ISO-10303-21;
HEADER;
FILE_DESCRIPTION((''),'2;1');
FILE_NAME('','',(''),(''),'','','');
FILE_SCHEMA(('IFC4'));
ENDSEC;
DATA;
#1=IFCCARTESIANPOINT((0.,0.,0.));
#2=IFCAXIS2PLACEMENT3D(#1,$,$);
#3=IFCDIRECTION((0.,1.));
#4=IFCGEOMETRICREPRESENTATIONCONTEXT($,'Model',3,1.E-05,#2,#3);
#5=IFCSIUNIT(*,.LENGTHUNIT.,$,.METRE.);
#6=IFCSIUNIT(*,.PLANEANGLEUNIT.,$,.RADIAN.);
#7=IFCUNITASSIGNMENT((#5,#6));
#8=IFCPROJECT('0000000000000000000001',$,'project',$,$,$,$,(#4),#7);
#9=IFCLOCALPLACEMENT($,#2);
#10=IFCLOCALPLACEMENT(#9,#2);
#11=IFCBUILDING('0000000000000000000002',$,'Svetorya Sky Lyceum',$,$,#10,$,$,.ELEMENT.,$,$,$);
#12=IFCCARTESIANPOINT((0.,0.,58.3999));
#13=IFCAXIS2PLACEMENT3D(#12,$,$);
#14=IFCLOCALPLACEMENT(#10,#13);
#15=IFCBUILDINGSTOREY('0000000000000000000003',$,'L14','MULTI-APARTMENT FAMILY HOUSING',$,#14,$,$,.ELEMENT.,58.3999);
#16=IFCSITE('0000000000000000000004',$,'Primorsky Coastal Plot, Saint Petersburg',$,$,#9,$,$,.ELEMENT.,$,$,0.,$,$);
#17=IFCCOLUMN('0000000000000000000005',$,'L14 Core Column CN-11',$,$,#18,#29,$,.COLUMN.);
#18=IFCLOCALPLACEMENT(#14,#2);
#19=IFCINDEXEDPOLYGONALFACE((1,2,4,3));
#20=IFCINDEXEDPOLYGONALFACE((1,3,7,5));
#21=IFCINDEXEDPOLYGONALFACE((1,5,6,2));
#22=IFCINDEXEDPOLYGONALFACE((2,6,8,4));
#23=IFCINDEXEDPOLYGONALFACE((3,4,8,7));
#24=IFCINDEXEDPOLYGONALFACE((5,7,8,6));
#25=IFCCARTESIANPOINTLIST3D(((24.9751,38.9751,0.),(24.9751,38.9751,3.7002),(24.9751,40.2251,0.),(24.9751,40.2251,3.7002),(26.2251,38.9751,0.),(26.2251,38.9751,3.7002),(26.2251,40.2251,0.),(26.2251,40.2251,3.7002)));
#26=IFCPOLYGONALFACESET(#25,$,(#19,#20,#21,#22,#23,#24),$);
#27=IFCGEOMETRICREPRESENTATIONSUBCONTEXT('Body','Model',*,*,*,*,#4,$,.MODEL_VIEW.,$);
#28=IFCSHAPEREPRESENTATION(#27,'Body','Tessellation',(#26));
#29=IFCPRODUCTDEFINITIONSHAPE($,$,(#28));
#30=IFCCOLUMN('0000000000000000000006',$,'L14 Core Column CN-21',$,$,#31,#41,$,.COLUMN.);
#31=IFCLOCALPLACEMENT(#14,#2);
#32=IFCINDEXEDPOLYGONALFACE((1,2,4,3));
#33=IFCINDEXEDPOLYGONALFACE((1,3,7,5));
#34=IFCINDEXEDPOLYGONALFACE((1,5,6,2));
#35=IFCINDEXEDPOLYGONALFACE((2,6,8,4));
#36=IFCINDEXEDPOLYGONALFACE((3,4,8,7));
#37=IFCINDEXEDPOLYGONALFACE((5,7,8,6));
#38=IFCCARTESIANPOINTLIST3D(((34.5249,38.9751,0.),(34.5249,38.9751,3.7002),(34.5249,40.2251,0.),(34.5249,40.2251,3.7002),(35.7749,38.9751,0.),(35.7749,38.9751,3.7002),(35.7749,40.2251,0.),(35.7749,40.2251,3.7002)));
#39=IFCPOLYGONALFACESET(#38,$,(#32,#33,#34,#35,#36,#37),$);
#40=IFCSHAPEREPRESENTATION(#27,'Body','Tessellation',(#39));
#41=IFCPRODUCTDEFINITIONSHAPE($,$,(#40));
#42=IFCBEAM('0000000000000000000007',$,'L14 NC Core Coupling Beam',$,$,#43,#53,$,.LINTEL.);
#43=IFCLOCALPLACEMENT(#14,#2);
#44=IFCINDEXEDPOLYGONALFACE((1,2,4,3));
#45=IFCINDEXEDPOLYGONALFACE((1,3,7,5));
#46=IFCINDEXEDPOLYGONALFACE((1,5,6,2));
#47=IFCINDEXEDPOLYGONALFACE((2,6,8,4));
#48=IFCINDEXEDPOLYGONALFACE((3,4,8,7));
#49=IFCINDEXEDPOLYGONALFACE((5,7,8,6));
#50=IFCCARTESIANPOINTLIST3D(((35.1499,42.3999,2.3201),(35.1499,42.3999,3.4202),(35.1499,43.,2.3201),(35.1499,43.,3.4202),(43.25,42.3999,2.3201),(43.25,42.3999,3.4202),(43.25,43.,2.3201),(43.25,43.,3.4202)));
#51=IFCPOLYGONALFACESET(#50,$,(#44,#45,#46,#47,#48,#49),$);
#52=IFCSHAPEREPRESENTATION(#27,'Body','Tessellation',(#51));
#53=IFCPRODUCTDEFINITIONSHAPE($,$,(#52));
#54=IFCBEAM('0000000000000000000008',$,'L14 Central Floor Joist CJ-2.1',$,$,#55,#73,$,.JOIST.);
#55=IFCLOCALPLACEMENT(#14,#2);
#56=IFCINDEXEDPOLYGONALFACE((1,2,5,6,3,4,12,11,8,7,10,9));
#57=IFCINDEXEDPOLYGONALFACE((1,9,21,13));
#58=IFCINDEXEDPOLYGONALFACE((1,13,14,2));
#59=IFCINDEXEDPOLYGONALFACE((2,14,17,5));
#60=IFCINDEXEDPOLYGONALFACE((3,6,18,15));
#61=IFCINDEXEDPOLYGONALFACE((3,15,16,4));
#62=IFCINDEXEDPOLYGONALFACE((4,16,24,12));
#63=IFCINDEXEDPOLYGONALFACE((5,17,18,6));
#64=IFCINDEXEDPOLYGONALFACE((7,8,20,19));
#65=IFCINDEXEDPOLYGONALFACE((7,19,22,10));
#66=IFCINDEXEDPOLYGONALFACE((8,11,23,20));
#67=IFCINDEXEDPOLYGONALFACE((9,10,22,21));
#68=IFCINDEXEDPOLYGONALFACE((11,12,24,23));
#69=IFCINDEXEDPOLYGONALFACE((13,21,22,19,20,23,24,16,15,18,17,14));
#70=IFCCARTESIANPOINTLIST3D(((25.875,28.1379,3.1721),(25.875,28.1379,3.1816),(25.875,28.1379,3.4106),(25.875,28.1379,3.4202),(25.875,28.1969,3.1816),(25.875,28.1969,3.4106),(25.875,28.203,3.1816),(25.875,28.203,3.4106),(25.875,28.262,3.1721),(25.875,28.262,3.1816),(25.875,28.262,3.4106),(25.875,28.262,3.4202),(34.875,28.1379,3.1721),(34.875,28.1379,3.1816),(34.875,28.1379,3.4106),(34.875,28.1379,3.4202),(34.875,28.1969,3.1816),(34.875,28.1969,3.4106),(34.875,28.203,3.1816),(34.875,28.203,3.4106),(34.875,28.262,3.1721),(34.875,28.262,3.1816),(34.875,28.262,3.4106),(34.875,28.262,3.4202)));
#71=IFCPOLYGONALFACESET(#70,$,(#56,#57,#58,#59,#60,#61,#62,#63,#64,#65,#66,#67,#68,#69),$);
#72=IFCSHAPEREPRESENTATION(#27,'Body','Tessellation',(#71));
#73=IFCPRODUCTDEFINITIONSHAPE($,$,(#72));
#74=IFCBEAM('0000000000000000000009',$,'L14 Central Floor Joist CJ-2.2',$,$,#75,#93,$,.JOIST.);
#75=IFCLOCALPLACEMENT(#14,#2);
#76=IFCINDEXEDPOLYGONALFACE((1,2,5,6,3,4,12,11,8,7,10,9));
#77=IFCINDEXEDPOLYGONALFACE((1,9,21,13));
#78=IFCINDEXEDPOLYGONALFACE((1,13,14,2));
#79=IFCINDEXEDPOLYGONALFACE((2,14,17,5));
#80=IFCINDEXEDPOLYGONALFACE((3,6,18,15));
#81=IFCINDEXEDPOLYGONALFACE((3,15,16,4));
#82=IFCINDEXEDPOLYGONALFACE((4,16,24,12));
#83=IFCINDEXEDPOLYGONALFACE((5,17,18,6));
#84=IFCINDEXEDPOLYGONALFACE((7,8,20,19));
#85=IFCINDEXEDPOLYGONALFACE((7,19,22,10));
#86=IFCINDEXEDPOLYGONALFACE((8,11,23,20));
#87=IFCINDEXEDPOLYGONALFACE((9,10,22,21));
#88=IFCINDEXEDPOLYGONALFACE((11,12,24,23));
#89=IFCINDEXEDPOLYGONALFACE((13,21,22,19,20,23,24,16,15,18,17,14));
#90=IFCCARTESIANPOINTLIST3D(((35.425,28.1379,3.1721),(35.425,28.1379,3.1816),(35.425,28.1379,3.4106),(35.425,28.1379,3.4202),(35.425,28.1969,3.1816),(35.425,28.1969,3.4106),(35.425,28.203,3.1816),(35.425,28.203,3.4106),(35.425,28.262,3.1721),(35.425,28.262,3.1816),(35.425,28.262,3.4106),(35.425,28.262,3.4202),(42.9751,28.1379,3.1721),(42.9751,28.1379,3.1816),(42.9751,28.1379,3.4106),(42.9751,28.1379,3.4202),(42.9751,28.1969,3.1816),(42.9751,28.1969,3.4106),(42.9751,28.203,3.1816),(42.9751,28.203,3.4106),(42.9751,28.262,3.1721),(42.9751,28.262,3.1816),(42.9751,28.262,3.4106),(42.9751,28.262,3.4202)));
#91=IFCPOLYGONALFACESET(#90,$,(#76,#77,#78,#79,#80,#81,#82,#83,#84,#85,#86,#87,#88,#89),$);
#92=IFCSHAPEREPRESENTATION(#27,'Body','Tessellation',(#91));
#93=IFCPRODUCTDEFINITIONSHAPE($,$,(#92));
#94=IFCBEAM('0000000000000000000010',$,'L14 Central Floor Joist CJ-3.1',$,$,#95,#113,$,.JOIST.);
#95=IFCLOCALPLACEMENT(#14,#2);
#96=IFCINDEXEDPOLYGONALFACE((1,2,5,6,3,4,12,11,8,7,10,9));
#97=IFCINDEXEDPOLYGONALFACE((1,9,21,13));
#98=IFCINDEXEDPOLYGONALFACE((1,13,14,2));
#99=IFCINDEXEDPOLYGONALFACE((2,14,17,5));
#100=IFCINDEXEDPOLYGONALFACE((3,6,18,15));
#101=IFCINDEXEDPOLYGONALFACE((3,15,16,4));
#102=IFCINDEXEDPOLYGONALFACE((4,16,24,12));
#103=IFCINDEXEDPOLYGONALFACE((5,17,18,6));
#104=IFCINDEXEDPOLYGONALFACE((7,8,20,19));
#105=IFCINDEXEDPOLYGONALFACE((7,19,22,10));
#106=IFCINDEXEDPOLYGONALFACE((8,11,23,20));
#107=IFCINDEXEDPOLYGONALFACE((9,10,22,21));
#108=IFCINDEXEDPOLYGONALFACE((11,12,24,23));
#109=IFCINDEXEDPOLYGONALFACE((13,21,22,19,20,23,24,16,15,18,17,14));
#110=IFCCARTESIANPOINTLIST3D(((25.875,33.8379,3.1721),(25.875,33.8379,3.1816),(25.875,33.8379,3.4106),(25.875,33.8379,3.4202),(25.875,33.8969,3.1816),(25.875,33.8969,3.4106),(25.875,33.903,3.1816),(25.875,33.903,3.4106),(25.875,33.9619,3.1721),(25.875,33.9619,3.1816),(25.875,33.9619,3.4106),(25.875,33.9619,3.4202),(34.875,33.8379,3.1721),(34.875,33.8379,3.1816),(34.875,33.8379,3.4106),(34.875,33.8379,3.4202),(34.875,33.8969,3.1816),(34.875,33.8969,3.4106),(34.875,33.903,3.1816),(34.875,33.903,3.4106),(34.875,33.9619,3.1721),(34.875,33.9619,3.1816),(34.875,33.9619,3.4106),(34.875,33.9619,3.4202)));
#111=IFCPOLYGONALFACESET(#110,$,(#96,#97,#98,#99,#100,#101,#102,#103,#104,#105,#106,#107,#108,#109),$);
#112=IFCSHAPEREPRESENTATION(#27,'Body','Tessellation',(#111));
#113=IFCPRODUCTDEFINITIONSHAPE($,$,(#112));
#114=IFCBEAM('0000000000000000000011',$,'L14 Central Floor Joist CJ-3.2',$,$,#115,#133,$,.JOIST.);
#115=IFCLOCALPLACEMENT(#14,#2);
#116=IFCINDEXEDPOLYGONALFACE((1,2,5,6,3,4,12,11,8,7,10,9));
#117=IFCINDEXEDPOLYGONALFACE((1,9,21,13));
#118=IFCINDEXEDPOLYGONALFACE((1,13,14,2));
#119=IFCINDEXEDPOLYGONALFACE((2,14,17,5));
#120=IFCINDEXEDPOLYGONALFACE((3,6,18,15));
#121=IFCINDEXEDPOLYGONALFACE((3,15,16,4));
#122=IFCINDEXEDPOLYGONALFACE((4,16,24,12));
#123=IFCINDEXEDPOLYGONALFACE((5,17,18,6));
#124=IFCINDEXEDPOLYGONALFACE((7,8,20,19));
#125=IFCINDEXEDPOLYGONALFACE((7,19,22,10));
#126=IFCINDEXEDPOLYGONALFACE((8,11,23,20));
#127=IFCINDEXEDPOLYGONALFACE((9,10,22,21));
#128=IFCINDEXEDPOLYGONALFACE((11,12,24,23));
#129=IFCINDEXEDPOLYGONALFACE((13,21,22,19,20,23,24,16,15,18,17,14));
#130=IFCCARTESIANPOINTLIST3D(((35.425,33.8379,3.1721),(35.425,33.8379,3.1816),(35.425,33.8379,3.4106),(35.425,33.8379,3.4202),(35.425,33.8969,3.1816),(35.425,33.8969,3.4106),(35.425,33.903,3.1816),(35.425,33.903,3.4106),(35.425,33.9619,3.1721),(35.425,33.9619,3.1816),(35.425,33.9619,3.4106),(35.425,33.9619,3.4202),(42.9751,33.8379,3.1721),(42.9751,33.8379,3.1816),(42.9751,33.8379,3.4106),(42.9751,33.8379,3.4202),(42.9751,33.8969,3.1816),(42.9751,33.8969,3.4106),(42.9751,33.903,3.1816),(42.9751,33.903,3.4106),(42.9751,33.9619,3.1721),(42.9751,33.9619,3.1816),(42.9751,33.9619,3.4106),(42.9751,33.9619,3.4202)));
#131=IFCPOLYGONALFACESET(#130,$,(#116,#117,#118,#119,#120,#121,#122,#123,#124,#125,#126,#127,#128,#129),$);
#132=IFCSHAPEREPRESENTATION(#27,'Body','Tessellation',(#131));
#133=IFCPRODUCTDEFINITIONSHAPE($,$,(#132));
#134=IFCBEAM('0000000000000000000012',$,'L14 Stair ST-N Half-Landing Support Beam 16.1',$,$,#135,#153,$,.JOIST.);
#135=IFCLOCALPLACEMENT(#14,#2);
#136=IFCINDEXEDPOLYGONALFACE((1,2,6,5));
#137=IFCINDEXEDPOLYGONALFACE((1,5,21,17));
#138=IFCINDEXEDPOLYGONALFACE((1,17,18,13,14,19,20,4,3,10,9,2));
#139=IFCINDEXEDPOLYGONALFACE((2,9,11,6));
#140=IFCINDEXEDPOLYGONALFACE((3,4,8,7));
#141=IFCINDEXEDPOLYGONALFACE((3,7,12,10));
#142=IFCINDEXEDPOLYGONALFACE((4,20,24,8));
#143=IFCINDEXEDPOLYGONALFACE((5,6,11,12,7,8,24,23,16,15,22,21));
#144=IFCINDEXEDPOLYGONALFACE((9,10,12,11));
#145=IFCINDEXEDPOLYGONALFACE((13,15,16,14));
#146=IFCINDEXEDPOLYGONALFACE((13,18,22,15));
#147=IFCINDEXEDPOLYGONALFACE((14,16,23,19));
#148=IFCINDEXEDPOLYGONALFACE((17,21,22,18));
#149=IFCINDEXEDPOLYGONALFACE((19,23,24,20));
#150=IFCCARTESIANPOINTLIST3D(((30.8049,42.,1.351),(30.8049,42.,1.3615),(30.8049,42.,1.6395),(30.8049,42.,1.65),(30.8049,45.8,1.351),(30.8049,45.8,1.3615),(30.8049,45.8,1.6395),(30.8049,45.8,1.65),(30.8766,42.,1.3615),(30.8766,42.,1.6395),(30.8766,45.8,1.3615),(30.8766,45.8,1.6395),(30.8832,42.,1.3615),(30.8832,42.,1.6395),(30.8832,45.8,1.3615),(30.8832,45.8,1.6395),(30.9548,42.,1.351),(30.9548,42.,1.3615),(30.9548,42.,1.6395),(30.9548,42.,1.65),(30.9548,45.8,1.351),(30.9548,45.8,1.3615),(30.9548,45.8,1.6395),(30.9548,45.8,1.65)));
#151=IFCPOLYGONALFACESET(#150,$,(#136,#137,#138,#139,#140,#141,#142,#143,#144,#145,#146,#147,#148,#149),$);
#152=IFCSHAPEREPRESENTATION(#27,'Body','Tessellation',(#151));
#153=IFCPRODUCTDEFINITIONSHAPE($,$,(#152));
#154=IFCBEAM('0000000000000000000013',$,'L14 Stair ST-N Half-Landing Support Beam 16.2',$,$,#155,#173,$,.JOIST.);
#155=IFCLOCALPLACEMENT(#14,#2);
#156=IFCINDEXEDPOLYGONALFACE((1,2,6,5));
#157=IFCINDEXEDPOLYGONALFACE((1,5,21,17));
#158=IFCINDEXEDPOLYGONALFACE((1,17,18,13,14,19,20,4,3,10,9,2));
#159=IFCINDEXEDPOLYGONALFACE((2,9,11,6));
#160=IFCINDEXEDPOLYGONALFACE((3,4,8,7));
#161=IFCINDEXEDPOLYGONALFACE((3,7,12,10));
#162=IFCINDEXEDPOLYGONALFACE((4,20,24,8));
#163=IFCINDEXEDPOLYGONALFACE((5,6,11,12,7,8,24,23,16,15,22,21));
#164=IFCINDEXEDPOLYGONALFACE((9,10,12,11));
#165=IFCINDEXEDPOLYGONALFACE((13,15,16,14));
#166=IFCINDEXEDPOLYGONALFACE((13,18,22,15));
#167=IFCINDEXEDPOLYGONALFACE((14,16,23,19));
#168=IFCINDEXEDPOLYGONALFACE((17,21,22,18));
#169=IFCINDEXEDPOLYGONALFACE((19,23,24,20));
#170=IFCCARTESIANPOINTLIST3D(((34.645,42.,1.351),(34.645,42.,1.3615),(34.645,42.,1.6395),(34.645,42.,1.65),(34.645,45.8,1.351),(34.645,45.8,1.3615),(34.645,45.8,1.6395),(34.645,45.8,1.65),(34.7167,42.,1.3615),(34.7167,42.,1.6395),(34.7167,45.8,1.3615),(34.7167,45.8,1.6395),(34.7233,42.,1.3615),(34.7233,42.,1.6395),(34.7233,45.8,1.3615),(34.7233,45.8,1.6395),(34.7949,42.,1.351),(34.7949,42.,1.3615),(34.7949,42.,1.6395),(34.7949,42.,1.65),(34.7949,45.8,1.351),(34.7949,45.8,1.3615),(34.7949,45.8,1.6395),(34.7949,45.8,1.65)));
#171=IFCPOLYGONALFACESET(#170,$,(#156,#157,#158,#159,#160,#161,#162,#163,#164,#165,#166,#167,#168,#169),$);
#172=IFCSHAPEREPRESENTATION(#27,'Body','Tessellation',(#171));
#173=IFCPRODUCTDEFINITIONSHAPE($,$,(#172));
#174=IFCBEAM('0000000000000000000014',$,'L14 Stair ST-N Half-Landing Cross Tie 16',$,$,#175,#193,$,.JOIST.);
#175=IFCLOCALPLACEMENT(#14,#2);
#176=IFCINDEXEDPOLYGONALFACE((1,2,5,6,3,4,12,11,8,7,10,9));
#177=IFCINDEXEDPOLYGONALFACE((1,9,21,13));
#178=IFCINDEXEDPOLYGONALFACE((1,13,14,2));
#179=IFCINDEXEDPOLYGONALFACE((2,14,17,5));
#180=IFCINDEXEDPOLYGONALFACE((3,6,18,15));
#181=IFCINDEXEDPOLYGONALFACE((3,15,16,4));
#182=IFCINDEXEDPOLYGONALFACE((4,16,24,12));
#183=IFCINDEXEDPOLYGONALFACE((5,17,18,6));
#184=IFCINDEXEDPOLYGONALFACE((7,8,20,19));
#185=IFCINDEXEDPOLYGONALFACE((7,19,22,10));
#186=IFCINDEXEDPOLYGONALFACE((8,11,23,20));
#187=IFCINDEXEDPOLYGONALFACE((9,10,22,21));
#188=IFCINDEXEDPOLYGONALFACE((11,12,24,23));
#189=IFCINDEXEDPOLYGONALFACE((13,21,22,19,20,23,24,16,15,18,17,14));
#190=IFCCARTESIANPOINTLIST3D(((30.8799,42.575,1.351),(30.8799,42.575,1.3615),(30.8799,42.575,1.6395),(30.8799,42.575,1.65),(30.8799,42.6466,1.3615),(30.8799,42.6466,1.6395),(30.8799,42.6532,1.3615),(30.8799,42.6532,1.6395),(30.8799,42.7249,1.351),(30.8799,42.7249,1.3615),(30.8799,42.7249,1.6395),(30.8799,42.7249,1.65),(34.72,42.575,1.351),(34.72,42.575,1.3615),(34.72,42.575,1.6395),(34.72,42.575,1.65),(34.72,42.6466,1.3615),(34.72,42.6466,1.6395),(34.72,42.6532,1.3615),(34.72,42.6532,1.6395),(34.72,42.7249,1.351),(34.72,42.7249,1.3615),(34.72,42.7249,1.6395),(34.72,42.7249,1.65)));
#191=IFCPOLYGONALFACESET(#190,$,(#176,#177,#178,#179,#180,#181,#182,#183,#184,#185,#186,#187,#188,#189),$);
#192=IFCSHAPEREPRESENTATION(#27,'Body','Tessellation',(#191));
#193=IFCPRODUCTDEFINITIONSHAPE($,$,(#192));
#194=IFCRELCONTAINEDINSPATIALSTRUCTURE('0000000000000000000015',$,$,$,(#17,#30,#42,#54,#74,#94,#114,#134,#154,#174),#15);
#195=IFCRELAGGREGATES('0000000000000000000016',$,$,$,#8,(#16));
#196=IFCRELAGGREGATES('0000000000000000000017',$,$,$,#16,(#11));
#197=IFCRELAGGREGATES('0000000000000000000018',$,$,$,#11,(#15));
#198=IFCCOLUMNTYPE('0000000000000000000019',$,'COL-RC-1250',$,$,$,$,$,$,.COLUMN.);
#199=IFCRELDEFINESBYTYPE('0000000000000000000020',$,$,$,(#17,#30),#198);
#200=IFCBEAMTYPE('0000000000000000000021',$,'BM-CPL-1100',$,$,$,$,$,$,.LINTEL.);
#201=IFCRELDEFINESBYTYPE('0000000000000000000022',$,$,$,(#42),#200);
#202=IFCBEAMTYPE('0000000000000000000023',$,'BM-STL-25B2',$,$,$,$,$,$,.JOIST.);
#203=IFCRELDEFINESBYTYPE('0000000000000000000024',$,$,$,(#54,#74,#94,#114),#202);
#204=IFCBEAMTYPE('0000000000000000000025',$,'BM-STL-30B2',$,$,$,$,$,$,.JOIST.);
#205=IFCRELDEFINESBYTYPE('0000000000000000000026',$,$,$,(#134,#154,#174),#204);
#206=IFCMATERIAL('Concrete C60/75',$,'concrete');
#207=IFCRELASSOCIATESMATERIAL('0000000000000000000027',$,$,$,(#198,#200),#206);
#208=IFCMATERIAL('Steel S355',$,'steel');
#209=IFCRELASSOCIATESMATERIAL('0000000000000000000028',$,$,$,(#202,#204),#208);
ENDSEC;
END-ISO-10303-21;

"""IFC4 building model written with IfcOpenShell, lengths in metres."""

from ifc_helpers import new_model, si_unit, direction, frame, origin, origin_2d, place, context, subcontext, project, spatial, rectangle, i_section, extrude, material, material_profile, profile_set, type_object, element, save


model = new_model("IFC4")

# Units and contexts
model_context = context("Model", 3, precision=1e-05, world=origin(), true_north=direction((0.0, 1.0)))
body_context = subcontext(model_context, "Body", "Model", "MODEL_VIEW")
ifc_project = project(units=[si_unit("LENGTHUNIT", "METRE"), si_unit("PLANEANGLEUNIT", "RADIAN")], contexts=[model_context])

# Site, building, storey
site_placement = place(None, origin())
site = spatial("IfcSite", under=ifc_project, at=site_placement, Name="Primorsky Coastal Plot, Saint Petersburg", CompositionType="ELEMENT", RefElevation=0.0)
building_placement = place(site_placement, origin())
building = spatial("IfcBuilding", under=site, at=building_placement, Name="Svetorya Sky Lyceum", CompositionType="ELEMENT")
storey_placement = place(building_placement, frame((0.0, 0.0, 58.3999)))
storey = spatial("IfcBuildingStorey", under=building, at=storey_placement, Name="L14", Description="MULTI-APARTMENT FAMILY HOUSING", CompositionType="ELEMENT", Elevation=58.3999)

# Columns
ifc_material_1 = material(Name="Concrete C60/75", Category="concrete")
ifc_material_profile_1 = material_profile(ifc_material_1, rectangle(XDim=1.25, YDim=1.25, at=origin_2d()), Name="RC COL 1250x1250")
ifc_profile_set_1 = profile_set([ifc_material_profile_1], Name="Concrete C60/75")
column_type = type_object("IfcColumnType", Name="COL-RC-1250", PredefinedType="COLUMN", material=ifc_profile_set_1)
for number, where, z_axis, x_axis, name in (
    (1, (25.6001, 39.6001, 0.0), (0.0, 0.0, 1.0), (1.0, 0.0, 0.0), "L14 Core Column CN-11"),
    (2, (35.1499, 39.6001, 0.0), (0.0, 0.0, 1.0), (1.0, 0.0, 0.0), "L14 Core Column CN-21"),
):
    element("IfcColumn", number, at=place(storey_placement, frame(where, z_axis=z_axis, x_axis=x_axis)), inside=storey, type_object=column_type, Name=name, PredefinedType="COLUMN", context=body_context, shape_type="SweptSolid", body=[
        extrude(rectangle(XDim=1.25, YDim=1.25, at=origin_2d()), origin(), (0.0, 0.0, 1.0), 3.7002),
    ])

# Beams
ifc_material_profile_2 = material_profile(ifc_material_1, rectangle(XDim=0.6001, YDim=1.1001, at=origin_2d()), Name="RC COUPLING 600x1100")
ifc_profile_set_2 = profile_set([ifc_material_profile_2], Name="Concrete C60/75")
beam_type_1 = type_object("IfcBeamType", Name="BM-CPL-1100", PredefinedType="LINTEL", material=ifc_profile_set_2)
beam_1_placement = place(storey_placement, frame((35.1499, 42.7, 2.8701), z_axis=(1.0, 0.0, 0.0), x_axis=(0.0, 1.0, 0.0)))
element("IfcBeam", 3, at=beam_1_placement, inside=storey, type_object=beam_type_1, Name="L14 NC Core Coupling Beam", PredefinedType="LINTEL", context=body_context, shape_type="SweptSolid", body=[
    extrude(rectangle(XDim=0.6001, YDim=1.1001, at=origin_2d()), origin(), (0.0, 0.0, 1.0), 8.1001),
])
ifc_material_2 = material(Name="Steel S355", Category="steel")
ifc_material_profile_3 = material_profile(ifc_material_2, i_section(OverallWidth=0.124, OverallDepth=0.248, WebThickness=0.0061, FlangeThickness=0.0095, at=origin_2d()), Name="GOST 25B2")
ifc_profile_set_3 = profile_set([ifc_material_profile_3], Name="Steel S355")
beam_type_2 = type_object("IfcBeamType", Name="BM-STL-25B2", PredefinedType="JOIST", material=ifc_profile_set_3)
beam_2_placement = place(storey_placement, frame((25.875, 28.2, 3.2961), z_axis=(1.0, 0.0, 0.0), x_axis=(0.0, 1.0, 0.0)))
element("IfcBeam", 4, at=beam_2_placement, inside=storey, type_object=beam_type_2, Name="L14 Central Floor Joist CJ-2.1", PredefinedType="JOIST", context=body_context, shape_type="SweptSolid", body=[
    extrude(i_section(OverallWidth=0.124, OverallDepth=0.248, WebThickness=0.0061, FlangeThickness=0.0095, at=origin_2d()), origin(), (0.0, 0.0, 1.0), 9.0),
])
beam_3_placement = place(storey_placement, frame((35.425, 28.2, 3.2961), z_axis=(1.0, 0.0, 0.0), x_axis=(0.0, 1.0, 0.0)))
element("IfcBeam", 5, at=beam_3_placement, inside=storey, type_object=beam_type_2, Name="L14 Central Floor Joist CJ-2.2", PredefinedType="JOIST", context=body_context, shape_type="SweptSolid", body=[
    extrude(i_section(OverallWidth=0.124, OverallDepth=0.248, WebThickness=0.0061, FlangeThickness=0.0095, at=origin_2d()), origin(), (0.0, 0.0, 1.0), 7.55),
])
beam_4_placement = place(storey_placement, frame((25.875, 33.8999, 3.2961), z_axis=(1.0, 0.0, 0.0), x_axis=(0.0, 1.0, 0.0)))
element("IfcBeam", 6, at=beam_4_placement, inside=storey, type_object=beam_type_2, Name="L14 Central Floor Joist CJ-3.1", PredefinedType="JOIST", context=body_context, shape_type="SweptSolid", body=[
    extrude(i_section(OverallWidth=0.124, OverallDepth=0.248, WebThickness=0.0061, FlangeThickness=0.0095, at=origin_2d()), origin(), (0.0, 0.0, 1.0), 9.0),
])
beam_5_placement = place(storey_placement, frame((35.425, 33.8999, 3.2961), z_axis=(1.0, 0.0, 0.0), x_axis=(0.0, 1.0, 0.0)))
element("IfcBeam", 7, at=beam_5_placement, inside=storey, type_object=beam_type_2, Name="L14 Central Floor Joist CJ-3.2", PredefinedType="JOIST", context=body_context, shape_type="SweptSolid", body=[
    extrude(i_section(OverallWidth=0.124, OverallDepth=0.248, WebThickness=0.0061, FlangeThickness=0.0095, at=origin_2d()), origin(), (0.0, 0.0, 1.0), 7.55),
])
ifc_material_profile_4 = material_profile(ifc_material_2, i_section(OverallWidth=0.1499, OverallDepth=0.2991, WebThickness=0.0066, FlangeThickness=0.0105, at=origin_2d()), Name="GOST 30B2")
ifc_profile_set_4 = profile_set([ifc_material_profile_4], Name="Steel S355")
beam_type_3 = type_object("IfcBeamType", Name="BM-STL-30B2", PredefinedType="JOIST", material=ifc_profile_set_4)
for number, where, z_axis, x_axis, name in (
    (8, (30.8799, 42.0, 1.5005), (0.0, 1.0, 0.0), (-1.0, 0.0, 0.0), "L14 Stair ST-N Half-Landing Support Beam 16.1"),
    (9, (34.72, 42.0, 1.5005), (0.0, 1.0, 0.0), (-1.0, 0.0, 0.0), "L14 Stair ST-N Half-Landing Support Beam 16.2"),
):
    element("IfcBeam", number, at=place(storey_placement, frame(where, z_axis=z_axis, x_axis=x_axis)), inside=storey, type_object=beam_type_3, Name=name, PredefinedType="JOIST", context=body_context, shape_type="SweptSolid", body=[
        extrude(i_section(OverallWidth=0.1499, OverallDepth=0.2991, WebThickness=0.0066, FlangeThickness=0.0105, at=origin_2d()), origin(), (0.0, 0.0, 1.0), 3.8),
    ])
beam_6_placement = place(storey_placement, frame((30.8799, 42.6499, 1.5005), z_axis=(1.0, 0.0, 0.0), x_axis=(0.0, 1.0, 0.0)))
element("IfcBeam", 10, at=beam_6_placement, inside=storey, type_object=beam_type_3, Name="L14 Stair ST-N Half-Landing Cross Tie 16", PredefinedType="JOIST", context=body_context, shape_type="SweptSolid", body=[
    extrude(i_section(OverallWidth=0.1499, OverallDepth=0.2991, WebThickness=0.0066, FlangeThickness=0.0105, at=origin_2d()), origin(), (0.0, 0.0, 1.0), 3.8401),
])

save(model, "model.ifc")
